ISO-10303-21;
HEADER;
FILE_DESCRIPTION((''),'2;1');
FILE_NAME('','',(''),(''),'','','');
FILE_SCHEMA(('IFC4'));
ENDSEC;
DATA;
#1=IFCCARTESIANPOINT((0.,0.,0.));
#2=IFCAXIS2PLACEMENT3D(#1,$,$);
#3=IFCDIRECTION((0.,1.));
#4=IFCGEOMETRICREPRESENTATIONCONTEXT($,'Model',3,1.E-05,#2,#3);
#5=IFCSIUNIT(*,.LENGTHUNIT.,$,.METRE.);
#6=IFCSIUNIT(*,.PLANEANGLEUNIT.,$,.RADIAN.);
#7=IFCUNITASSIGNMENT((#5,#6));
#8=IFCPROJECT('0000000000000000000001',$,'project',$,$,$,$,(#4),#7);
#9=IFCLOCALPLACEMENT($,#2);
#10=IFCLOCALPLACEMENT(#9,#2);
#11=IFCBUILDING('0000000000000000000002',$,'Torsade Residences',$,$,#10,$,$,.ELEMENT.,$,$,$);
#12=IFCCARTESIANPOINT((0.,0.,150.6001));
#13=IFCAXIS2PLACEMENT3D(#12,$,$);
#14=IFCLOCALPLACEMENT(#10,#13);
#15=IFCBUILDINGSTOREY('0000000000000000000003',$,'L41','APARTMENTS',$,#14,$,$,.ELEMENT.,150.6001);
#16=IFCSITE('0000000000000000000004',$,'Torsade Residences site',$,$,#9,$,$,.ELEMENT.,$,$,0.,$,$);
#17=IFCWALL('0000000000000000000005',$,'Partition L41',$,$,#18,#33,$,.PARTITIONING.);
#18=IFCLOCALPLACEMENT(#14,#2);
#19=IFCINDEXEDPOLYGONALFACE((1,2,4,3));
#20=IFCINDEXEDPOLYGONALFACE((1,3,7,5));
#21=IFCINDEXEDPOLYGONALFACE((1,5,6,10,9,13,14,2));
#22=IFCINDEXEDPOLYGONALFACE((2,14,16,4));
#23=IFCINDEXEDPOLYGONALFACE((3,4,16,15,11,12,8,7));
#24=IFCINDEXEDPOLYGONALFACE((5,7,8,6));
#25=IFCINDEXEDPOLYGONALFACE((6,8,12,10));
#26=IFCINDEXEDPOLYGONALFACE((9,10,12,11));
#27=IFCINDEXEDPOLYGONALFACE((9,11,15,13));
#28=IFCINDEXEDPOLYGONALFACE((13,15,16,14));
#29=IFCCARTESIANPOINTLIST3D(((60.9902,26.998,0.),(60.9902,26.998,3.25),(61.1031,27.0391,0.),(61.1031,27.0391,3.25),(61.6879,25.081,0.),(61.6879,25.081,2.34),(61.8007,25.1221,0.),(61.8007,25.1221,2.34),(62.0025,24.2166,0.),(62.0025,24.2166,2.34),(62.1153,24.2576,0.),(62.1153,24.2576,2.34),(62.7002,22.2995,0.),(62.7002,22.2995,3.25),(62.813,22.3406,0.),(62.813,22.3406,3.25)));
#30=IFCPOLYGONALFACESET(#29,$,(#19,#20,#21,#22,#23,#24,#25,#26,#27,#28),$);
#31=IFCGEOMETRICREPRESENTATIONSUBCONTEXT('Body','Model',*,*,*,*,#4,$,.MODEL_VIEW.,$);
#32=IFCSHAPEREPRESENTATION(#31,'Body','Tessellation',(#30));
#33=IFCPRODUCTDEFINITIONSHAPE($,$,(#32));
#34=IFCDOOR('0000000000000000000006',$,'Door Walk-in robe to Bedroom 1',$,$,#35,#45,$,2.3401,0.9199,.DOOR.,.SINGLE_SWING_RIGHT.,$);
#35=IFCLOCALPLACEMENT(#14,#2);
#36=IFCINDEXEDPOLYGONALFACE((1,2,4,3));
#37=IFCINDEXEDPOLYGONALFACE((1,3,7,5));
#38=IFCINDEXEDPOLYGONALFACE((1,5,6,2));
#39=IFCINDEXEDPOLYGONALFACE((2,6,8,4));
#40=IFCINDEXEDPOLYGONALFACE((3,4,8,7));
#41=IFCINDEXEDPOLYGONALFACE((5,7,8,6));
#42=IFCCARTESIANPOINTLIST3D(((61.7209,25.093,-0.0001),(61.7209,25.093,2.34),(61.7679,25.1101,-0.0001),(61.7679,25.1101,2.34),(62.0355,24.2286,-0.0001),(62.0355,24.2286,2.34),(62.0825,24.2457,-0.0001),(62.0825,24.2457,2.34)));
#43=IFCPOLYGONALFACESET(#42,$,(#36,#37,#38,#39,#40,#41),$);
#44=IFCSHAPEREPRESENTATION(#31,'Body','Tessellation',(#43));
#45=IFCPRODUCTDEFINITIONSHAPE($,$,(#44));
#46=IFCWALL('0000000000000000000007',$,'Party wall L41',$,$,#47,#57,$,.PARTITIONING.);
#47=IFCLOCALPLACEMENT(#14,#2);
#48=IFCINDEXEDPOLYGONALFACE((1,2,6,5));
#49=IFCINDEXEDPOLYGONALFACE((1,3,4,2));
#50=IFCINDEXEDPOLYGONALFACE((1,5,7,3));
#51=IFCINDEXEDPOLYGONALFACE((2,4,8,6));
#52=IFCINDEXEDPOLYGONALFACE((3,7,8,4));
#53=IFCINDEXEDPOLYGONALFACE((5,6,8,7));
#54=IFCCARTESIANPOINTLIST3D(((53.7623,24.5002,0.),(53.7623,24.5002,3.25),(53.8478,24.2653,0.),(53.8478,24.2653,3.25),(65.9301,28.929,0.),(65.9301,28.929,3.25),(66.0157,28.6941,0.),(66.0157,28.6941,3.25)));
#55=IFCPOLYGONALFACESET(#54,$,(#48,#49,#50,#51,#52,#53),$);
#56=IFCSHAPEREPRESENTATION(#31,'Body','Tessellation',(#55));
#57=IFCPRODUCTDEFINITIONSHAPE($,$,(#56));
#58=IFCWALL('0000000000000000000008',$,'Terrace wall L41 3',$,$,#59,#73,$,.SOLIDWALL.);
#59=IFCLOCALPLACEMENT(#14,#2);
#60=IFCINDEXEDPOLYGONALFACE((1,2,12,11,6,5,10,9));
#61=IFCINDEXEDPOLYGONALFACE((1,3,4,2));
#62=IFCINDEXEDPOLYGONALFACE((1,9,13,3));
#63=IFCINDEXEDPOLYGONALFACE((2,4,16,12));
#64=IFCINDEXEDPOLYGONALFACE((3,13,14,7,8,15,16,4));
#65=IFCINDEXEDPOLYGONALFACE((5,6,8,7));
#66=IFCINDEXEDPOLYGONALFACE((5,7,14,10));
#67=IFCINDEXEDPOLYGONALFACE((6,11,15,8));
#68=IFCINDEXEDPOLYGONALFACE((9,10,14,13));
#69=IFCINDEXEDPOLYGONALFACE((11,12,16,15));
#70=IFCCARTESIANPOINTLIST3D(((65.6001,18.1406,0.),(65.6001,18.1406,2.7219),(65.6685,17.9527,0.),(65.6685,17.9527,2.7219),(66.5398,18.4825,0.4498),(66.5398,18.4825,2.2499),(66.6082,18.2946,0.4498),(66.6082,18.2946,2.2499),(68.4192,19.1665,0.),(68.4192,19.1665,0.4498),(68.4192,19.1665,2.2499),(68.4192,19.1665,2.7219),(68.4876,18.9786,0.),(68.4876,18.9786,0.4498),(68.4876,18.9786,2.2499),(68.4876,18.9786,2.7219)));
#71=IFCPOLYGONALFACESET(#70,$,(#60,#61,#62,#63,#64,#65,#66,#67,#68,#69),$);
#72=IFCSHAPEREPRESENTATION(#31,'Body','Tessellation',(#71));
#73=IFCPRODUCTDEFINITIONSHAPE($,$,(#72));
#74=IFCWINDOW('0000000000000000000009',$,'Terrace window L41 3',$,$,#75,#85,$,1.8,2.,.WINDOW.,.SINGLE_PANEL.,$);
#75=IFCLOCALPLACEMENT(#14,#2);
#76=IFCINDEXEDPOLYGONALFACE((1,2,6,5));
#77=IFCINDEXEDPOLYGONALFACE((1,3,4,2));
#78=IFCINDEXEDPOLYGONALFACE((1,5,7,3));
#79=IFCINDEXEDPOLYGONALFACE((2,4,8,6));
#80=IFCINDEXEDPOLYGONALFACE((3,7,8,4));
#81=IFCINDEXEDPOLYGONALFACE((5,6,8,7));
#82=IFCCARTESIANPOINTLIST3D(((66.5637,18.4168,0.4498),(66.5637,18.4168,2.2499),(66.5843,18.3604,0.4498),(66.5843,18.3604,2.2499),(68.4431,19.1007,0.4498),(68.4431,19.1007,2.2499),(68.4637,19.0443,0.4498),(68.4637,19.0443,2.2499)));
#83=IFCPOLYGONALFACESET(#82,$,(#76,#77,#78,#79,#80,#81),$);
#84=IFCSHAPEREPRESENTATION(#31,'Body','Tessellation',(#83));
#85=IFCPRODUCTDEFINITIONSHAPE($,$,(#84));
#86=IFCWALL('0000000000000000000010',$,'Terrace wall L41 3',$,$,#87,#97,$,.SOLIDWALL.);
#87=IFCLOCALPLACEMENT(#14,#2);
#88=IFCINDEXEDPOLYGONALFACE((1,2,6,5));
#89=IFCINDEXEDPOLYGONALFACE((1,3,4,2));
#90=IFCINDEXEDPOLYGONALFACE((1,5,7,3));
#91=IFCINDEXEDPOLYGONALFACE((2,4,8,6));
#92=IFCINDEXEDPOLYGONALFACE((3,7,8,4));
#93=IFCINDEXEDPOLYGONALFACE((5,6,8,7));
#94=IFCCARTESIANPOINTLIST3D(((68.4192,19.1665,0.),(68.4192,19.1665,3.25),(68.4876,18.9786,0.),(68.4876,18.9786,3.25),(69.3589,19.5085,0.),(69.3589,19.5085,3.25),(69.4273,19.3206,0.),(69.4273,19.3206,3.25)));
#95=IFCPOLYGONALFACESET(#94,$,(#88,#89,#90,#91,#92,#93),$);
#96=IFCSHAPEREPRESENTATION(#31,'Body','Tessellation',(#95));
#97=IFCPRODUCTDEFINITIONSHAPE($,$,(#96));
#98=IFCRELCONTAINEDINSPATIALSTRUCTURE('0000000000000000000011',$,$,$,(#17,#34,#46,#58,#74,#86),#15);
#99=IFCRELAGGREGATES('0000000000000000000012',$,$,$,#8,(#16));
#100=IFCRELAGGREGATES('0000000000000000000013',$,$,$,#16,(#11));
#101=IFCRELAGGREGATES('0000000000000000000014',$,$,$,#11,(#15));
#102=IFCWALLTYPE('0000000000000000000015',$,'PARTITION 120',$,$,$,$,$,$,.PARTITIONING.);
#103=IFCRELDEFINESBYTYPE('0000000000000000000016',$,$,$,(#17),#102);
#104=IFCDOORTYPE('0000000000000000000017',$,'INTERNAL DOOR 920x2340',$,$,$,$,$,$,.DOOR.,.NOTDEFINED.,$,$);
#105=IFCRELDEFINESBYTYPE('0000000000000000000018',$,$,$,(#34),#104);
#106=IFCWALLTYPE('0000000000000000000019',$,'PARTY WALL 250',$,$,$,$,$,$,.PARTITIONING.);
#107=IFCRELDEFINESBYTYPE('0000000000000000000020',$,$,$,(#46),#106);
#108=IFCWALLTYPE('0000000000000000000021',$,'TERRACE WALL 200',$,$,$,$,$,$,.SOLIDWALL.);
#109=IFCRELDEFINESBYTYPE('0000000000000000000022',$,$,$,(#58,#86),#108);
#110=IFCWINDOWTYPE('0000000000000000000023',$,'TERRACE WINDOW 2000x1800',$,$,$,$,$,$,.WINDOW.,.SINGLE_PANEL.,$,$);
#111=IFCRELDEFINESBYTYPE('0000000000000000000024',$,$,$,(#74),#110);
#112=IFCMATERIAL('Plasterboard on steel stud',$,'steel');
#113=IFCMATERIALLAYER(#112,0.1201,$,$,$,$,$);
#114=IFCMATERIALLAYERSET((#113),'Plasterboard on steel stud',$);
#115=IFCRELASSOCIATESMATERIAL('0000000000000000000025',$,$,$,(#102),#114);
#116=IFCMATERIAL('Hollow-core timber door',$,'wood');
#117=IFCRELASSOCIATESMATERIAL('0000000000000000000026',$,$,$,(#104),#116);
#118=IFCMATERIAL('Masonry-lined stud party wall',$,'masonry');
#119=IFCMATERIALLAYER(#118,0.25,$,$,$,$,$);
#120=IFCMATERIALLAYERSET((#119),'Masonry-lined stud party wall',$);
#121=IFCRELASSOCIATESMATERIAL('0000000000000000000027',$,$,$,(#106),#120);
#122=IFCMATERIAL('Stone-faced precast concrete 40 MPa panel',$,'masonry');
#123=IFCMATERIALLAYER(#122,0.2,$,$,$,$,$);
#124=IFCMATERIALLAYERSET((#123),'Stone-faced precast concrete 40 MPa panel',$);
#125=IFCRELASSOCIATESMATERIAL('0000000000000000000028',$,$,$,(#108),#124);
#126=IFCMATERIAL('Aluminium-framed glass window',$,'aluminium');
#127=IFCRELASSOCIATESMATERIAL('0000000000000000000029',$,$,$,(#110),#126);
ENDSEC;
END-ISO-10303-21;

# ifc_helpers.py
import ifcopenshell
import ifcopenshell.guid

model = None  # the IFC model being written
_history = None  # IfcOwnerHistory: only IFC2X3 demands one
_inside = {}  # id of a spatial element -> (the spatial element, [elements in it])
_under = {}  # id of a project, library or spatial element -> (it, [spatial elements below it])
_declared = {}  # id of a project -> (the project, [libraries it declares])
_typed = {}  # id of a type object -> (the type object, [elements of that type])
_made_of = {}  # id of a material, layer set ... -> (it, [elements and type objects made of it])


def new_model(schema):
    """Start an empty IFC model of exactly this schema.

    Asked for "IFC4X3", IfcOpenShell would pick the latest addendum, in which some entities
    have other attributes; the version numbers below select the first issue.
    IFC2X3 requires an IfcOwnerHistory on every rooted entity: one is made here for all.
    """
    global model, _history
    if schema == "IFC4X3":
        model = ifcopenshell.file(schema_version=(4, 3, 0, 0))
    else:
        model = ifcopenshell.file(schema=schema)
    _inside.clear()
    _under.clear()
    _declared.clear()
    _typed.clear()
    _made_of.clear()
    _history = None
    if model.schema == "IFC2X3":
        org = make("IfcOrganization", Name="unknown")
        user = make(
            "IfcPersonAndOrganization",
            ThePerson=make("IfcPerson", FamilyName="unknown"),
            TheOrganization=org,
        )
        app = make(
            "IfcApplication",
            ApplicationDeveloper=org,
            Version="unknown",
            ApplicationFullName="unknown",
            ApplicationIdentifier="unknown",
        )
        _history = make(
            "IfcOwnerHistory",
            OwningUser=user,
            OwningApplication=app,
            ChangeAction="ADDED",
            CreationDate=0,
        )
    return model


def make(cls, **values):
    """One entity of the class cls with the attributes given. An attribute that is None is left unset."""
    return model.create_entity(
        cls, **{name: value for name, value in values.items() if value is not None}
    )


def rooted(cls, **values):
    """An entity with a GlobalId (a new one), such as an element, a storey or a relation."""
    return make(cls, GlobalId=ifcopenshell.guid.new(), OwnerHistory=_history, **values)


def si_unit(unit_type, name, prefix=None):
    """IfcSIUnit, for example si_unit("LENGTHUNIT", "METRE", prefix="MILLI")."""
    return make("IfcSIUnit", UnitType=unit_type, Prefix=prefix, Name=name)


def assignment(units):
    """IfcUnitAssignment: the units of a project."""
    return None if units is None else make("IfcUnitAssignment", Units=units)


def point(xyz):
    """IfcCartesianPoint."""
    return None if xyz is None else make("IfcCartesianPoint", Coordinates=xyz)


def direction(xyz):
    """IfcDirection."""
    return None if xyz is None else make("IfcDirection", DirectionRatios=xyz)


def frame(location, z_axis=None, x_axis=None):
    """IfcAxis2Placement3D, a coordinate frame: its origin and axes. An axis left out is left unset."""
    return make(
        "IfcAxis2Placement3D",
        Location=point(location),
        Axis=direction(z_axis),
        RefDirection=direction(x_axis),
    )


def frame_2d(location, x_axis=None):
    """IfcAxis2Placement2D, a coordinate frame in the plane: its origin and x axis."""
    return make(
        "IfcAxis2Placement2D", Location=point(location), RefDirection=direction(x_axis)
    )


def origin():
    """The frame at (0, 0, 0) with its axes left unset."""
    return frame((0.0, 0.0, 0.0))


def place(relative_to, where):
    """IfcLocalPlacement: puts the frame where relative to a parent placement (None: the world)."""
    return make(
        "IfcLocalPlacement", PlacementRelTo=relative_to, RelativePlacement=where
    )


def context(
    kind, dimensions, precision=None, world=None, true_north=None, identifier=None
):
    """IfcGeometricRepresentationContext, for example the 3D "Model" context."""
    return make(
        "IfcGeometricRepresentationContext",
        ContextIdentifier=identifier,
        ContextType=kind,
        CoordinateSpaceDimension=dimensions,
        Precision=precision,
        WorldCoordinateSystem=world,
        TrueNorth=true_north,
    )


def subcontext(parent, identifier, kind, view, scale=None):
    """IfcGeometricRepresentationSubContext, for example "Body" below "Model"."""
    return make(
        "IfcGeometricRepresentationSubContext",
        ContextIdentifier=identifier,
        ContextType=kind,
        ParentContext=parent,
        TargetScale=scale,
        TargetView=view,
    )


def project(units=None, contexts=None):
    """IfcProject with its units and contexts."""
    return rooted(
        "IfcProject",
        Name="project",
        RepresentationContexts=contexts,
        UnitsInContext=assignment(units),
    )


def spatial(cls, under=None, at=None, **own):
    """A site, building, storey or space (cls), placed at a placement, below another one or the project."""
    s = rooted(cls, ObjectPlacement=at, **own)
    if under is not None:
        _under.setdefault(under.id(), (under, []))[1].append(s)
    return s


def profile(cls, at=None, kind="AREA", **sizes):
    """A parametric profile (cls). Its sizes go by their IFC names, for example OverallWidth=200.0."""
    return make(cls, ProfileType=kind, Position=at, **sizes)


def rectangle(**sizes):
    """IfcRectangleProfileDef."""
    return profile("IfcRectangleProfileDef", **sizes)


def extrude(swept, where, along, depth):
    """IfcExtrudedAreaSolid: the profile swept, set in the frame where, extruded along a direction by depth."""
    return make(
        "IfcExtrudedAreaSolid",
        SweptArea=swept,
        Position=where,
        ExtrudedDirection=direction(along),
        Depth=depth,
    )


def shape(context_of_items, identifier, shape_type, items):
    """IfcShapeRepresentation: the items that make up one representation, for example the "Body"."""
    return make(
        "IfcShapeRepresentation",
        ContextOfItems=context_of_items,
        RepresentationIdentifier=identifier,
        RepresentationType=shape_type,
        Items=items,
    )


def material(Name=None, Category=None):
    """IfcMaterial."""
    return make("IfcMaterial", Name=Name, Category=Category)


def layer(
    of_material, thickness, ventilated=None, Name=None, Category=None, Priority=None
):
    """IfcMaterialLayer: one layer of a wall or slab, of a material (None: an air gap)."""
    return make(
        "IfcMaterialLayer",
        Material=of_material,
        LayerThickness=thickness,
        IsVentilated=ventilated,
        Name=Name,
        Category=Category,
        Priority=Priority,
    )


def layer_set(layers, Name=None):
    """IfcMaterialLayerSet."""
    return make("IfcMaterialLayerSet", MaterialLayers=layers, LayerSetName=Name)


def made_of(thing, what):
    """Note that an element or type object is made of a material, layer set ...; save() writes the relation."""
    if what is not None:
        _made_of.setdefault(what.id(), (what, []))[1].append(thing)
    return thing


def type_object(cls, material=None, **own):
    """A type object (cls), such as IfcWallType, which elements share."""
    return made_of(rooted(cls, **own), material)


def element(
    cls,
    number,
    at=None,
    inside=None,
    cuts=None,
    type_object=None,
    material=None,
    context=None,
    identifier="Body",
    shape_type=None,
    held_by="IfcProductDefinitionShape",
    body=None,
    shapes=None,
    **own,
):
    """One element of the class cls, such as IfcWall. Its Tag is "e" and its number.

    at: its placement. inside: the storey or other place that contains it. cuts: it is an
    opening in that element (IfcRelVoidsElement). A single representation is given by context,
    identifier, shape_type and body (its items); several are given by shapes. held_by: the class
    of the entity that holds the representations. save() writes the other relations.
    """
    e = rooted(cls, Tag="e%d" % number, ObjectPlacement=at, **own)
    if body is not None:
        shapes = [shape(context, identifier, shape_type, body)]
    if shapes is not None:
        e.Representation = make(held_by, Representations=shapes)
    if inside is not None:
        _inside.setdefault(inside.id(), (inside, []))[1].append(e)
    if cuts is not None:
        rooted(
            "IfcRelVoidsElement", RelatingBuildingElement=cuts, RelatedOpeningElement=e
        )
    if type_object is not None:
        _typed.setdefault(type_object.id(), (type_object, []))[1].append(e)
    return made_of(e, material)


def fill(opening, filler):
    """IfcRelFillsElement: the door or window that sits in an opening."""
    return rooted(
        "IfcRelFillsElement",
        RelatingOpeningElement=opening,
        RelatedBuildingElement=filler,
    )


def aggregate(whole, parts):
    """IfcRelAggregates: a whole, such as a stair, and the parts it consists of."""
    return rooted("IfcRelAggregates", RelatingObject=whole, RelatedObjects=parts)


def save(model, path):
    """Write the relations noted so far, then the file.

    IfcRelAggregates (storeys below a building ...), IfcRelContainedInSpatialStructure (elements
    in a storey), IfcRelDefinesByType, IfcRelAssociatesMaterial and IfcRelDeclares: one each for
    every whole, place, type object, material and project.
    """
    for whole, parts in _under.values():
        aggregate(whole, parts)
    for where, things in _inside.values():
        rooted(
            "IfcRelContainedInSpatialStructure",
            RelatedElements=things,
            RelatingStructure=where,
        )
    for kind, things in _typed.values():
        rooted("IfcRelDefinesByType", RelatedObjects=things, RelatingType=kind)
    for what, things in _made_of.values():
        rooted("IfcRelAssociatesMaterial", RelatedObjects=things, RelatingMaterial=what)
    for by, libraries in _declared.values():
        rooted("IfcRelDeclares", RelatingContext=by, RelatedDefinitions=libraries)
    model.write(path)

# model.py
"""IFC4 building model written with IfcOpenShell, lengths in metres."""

from ifc_helpers import new_model, si_unit, direction, frame, frame_2d, origin, place, context, subcontext, project, spatial, rectangle, extrude, material, layer, layer_set, type_object, element, fill, save


model = new_model("IFC4")

# Units and contexts
model_context = context("Model", 3, precision=1e-05, world=origin(), true_north=direction((0.0, 1.0)))
body_context = subcontext(model_context, "Body", "Model", "MODEL_VIEW")
ifc_project = project(units=[si_unit("LENGTHUNIT", "METRE"), si_unit("PLANEANGLEUNIT", "RADIAN")], contexts=[model_context])

# Site, building, storey
site_placement = place(None, origin())
site = spatial("IfcSite", under=ifc_project, at=site_placement, Name="Torsade Residences site", CompositionType="ELEMENT", RefElevation=0.0)
building_placement = place(site_placement, origin())
building = spatial("IfcBuilding", under=site, at=building_placement, Name="Torsade Residences", CompositionType="ELEMENT")
storey_placement = place(building_placement, frame((0.0, 0.0, 150.6001)))
storey = spatial("IfcBuildingStorey", under=building, at=storey_placement, Name="L41", Description="APARTMENTS", CompositionType="ELEMENT", Elevation=150.6001)

# Wall, opening, door
ifc_material_1 = material(Name="Plasterboard on steel stud", Category="steel")
ifc_layer_1 = layer(ifc_material_1, 0.1201)
ifc_layer_set_1 = layer_set([ifc_layer_1], Name="Plasterboard on steel stud")
wall_type_1 = type_object("IfcWallType", Name="PARTITION 120", PredefinedType="PARTITIONING", material=ifc_layer_set_1)
ifc_material_2 = material(Name="Hollow-core timber door", Category="wood")
door_type_1 = type_object("IfcDoorType", Name="INTERNAL DOOR 920x2340", OperationType="NOTDEFINED", PredefinedType="DOOR", material=ifc_material_2)
wall_1_placement = place(storey_placement, frame((62.7566, 22.3201, 0.0), z_axis=(0.0, 0.0, 1.0), x_axis=(-0.341994, 0.939702, 0.0)))
wall_1 = element("IfcWall", 1, at=wall_1_placement, inside=storey, type_object=wall_type_1, Name="Partition L41", PredefinedType="PARTITIONING", context=body_context, shape_type="SweptSolid", body=[
    extrude(rectangle(XDim=5.0, YDim=0.1201, at=frame_2d((2.5, 0.0))), origin(), (0.0, 0.0, 1.0), 3.25),
])
opening_1_placement = place(wall_1_placement, frame((2.04, 0.0, 0.0)))
opening_1 = element("IfcOpeningElement", 2, at=opening_1_placement, cuts=wall_1, PredefinedType="OPENING", context=body_context, shape_type="SweptSolid", body=[
    extrude(rectangle(XDim=0.9199, YDim=2.3401, at=frame_2d((0.46, 1.1699))), frame((0.0, 0.0701, 0.0), z_axis=(0.0, -1.0, 0.0), x_axis=(1.0, 0.0, 0.0)), (0.0, 0.0, 1.0), 0.1401),
])
door_1_placement = place(opening_1_placement, origin())
door_1 = element("IfcDoor", 3, at=door_1_placement, inside=storey, type_object=door_type_1, Name="Door Walk-in robe to Bedroom 1", OperationType="SINGLE_SWING_RIGHT", OverallHeight=2.3401, OverallWidth=0.9199, PredefinedType="DOOR", context=body_context, shape_type="SweptSolid", body=[
    extrude(rectangle(XDim=0.9199, YDim=2.3401, at=frame_2d((0.46, 1.1699))), frame((0.0, 0.0249, 0.0), z_axis=(0.0, -1.0, 0.0), x_axis=(1.0, 0.0, 0.0)), (0.0, 0.0, 1.0), 0.05),
])
fill(opening_1, door_1)

# Wall
ifc_material_3 = material(Name="Masonry-lined stud party wall", Category="masonry")
ifc_layer_2 = layer(ifc_material_3, 0.25)
ifc_layer_set_2 = layer_set([ifc_layer_2], Name="Masonry-lined stud party wall")
wall_type_2 = type_object("IfcWallType", Name="PARTY WALL 250", PredefinedType="PARTITIONING", material=ifc_layer_set_2)
wall_2_placement = place(storey_placement, frame((65.9729, 28.8115, 0.0), z_axis=(0.0, 0.0, 1.0), x_axis=(-0.939692, -0.342022, 0.0)))
element("IfcWall", 4, at=wall_2_placement, inside=storey, type_object=wall_type_2, Name="Party wall L41", PredefinedType="PARTITIONING", context=body_context, shape_type="SweptSolid", body=[
    extrude(rectangle(XDim=12.9487, YDim=0.25, at=frame_2d((6.4744, 0.0))), origin(), (0.0, 0.0, 1.0), 3.25),
])

# Wall, opening, window
ifc_material_4 = material(Name="Stone-faced precast concrete 40 MPa panel", Category="masonry")
ifc_layer_3 = layer(ifc_material_4, 0.2)
ifc_layer_set_3 = layer_set([ifc_layer_3], Name="Stone-faced precast concrete 40 MPa panel")
wall_type_3 = type_object("IfcWallType", Name="TERRACE WALL 200", PredefinedType="SOLIDWALL", material=ifc_layer_set_3)
wall_3_placement = place(storey_placement, frame((65.6343, 18.0466, 0.0), z_axis=(0.0, 0.0, 1.0), x_axis=(0.939713, 0.341965, 0.0)))
wall_3 = element("IfcWall", 5, at=wall_3_placement, inside=storey, type_object=wall_type_3, Name="Terrace wall L41 3", PredefinedType="SOLIDWALL", context=body_context, shape_type="SweptSolid", body=[
    extrude(rectangle(XDim=3.0, YDim=0.2, at=frame_2d((1.5, 0.0))), origin(), (0.0, 0.0, 1.0), 2.7219),
])
opening_2_placement = place(wall_3_placement, frame((1.0, 0.0, 0.45)))
opening_2 = element("IfcOpeningElement", 6, at=opening_2_placement, cuts=wall_3, PredefinedType="OPENING", context=body_context, shape_type="SweptSolid", body=[
    extrude(rectangle(XDim=2.0, YDim=1.8, at=frame_2d((1.0, 0.8999))), frame((0.0, 0.1099, 0.0), z_axis=(0.0, -1.0, 0.0), x_axis=(1.0, 0.0, 0.0)), (0.0, 0.0, 1.0), 0.22),
])
ifc_material_5 = material(Name="Aluminium-framed glass window", Category="aluminium")
window_type = type_object("IfcWindowType", Name="TERRACE WINDOW 2000x1800", PartitioningType="SINGLE_PANEL", PredefinedType="WINDOW", material=ifc_material_5)
window_placement = place(opening_2_placement, origin())
window = element("IfcWindow", 7, at=window_placement, inside=storey, type_object=window_type, Name="Terrace window L41 3", OverallHeight=1.8, OverallWidth=2.0, PartitioningType="SINGLE_PANEL", PredefinedType="WINDOW", context=body_context, shape_type="SweptSolid", body=[
    extrude(rectangle(XDim=2.0, YDim=1.8, at=frame_2d((1.0, 0.8999))), frame((0.0, 0.03, 0.0), z_axis=(0.0, -1.0, 0.0), x_axis=(1.0, 0.0, 0.0)), (0.0, 0.0, 1.0), 0.0601),
])
fill(opening_2, window)

# Wall
wall_4_placement = place(storey_placement, frame((68.4534, 19.0725, 0.0), z_axis=(0.0, 0.0, 1.0), x_axis=(0.939686, 0.342037, 0.0)))
element("IfcWall", 8, at=wall_4_placement, inside=storey, type_object=wall_type_3, Name="Terrace wall L41 3", PredefinedType="SOLIDWALL", context=body_context, shape_type="SweptSolid", body=[
    extrude(rectangle(XDim=1.0, YDim=0.2, at=frame_2d((0.5, 0.0))), origin(), (0.0, 0.0, 1.0), 3.25),
])

save(model, "model.ifc")
